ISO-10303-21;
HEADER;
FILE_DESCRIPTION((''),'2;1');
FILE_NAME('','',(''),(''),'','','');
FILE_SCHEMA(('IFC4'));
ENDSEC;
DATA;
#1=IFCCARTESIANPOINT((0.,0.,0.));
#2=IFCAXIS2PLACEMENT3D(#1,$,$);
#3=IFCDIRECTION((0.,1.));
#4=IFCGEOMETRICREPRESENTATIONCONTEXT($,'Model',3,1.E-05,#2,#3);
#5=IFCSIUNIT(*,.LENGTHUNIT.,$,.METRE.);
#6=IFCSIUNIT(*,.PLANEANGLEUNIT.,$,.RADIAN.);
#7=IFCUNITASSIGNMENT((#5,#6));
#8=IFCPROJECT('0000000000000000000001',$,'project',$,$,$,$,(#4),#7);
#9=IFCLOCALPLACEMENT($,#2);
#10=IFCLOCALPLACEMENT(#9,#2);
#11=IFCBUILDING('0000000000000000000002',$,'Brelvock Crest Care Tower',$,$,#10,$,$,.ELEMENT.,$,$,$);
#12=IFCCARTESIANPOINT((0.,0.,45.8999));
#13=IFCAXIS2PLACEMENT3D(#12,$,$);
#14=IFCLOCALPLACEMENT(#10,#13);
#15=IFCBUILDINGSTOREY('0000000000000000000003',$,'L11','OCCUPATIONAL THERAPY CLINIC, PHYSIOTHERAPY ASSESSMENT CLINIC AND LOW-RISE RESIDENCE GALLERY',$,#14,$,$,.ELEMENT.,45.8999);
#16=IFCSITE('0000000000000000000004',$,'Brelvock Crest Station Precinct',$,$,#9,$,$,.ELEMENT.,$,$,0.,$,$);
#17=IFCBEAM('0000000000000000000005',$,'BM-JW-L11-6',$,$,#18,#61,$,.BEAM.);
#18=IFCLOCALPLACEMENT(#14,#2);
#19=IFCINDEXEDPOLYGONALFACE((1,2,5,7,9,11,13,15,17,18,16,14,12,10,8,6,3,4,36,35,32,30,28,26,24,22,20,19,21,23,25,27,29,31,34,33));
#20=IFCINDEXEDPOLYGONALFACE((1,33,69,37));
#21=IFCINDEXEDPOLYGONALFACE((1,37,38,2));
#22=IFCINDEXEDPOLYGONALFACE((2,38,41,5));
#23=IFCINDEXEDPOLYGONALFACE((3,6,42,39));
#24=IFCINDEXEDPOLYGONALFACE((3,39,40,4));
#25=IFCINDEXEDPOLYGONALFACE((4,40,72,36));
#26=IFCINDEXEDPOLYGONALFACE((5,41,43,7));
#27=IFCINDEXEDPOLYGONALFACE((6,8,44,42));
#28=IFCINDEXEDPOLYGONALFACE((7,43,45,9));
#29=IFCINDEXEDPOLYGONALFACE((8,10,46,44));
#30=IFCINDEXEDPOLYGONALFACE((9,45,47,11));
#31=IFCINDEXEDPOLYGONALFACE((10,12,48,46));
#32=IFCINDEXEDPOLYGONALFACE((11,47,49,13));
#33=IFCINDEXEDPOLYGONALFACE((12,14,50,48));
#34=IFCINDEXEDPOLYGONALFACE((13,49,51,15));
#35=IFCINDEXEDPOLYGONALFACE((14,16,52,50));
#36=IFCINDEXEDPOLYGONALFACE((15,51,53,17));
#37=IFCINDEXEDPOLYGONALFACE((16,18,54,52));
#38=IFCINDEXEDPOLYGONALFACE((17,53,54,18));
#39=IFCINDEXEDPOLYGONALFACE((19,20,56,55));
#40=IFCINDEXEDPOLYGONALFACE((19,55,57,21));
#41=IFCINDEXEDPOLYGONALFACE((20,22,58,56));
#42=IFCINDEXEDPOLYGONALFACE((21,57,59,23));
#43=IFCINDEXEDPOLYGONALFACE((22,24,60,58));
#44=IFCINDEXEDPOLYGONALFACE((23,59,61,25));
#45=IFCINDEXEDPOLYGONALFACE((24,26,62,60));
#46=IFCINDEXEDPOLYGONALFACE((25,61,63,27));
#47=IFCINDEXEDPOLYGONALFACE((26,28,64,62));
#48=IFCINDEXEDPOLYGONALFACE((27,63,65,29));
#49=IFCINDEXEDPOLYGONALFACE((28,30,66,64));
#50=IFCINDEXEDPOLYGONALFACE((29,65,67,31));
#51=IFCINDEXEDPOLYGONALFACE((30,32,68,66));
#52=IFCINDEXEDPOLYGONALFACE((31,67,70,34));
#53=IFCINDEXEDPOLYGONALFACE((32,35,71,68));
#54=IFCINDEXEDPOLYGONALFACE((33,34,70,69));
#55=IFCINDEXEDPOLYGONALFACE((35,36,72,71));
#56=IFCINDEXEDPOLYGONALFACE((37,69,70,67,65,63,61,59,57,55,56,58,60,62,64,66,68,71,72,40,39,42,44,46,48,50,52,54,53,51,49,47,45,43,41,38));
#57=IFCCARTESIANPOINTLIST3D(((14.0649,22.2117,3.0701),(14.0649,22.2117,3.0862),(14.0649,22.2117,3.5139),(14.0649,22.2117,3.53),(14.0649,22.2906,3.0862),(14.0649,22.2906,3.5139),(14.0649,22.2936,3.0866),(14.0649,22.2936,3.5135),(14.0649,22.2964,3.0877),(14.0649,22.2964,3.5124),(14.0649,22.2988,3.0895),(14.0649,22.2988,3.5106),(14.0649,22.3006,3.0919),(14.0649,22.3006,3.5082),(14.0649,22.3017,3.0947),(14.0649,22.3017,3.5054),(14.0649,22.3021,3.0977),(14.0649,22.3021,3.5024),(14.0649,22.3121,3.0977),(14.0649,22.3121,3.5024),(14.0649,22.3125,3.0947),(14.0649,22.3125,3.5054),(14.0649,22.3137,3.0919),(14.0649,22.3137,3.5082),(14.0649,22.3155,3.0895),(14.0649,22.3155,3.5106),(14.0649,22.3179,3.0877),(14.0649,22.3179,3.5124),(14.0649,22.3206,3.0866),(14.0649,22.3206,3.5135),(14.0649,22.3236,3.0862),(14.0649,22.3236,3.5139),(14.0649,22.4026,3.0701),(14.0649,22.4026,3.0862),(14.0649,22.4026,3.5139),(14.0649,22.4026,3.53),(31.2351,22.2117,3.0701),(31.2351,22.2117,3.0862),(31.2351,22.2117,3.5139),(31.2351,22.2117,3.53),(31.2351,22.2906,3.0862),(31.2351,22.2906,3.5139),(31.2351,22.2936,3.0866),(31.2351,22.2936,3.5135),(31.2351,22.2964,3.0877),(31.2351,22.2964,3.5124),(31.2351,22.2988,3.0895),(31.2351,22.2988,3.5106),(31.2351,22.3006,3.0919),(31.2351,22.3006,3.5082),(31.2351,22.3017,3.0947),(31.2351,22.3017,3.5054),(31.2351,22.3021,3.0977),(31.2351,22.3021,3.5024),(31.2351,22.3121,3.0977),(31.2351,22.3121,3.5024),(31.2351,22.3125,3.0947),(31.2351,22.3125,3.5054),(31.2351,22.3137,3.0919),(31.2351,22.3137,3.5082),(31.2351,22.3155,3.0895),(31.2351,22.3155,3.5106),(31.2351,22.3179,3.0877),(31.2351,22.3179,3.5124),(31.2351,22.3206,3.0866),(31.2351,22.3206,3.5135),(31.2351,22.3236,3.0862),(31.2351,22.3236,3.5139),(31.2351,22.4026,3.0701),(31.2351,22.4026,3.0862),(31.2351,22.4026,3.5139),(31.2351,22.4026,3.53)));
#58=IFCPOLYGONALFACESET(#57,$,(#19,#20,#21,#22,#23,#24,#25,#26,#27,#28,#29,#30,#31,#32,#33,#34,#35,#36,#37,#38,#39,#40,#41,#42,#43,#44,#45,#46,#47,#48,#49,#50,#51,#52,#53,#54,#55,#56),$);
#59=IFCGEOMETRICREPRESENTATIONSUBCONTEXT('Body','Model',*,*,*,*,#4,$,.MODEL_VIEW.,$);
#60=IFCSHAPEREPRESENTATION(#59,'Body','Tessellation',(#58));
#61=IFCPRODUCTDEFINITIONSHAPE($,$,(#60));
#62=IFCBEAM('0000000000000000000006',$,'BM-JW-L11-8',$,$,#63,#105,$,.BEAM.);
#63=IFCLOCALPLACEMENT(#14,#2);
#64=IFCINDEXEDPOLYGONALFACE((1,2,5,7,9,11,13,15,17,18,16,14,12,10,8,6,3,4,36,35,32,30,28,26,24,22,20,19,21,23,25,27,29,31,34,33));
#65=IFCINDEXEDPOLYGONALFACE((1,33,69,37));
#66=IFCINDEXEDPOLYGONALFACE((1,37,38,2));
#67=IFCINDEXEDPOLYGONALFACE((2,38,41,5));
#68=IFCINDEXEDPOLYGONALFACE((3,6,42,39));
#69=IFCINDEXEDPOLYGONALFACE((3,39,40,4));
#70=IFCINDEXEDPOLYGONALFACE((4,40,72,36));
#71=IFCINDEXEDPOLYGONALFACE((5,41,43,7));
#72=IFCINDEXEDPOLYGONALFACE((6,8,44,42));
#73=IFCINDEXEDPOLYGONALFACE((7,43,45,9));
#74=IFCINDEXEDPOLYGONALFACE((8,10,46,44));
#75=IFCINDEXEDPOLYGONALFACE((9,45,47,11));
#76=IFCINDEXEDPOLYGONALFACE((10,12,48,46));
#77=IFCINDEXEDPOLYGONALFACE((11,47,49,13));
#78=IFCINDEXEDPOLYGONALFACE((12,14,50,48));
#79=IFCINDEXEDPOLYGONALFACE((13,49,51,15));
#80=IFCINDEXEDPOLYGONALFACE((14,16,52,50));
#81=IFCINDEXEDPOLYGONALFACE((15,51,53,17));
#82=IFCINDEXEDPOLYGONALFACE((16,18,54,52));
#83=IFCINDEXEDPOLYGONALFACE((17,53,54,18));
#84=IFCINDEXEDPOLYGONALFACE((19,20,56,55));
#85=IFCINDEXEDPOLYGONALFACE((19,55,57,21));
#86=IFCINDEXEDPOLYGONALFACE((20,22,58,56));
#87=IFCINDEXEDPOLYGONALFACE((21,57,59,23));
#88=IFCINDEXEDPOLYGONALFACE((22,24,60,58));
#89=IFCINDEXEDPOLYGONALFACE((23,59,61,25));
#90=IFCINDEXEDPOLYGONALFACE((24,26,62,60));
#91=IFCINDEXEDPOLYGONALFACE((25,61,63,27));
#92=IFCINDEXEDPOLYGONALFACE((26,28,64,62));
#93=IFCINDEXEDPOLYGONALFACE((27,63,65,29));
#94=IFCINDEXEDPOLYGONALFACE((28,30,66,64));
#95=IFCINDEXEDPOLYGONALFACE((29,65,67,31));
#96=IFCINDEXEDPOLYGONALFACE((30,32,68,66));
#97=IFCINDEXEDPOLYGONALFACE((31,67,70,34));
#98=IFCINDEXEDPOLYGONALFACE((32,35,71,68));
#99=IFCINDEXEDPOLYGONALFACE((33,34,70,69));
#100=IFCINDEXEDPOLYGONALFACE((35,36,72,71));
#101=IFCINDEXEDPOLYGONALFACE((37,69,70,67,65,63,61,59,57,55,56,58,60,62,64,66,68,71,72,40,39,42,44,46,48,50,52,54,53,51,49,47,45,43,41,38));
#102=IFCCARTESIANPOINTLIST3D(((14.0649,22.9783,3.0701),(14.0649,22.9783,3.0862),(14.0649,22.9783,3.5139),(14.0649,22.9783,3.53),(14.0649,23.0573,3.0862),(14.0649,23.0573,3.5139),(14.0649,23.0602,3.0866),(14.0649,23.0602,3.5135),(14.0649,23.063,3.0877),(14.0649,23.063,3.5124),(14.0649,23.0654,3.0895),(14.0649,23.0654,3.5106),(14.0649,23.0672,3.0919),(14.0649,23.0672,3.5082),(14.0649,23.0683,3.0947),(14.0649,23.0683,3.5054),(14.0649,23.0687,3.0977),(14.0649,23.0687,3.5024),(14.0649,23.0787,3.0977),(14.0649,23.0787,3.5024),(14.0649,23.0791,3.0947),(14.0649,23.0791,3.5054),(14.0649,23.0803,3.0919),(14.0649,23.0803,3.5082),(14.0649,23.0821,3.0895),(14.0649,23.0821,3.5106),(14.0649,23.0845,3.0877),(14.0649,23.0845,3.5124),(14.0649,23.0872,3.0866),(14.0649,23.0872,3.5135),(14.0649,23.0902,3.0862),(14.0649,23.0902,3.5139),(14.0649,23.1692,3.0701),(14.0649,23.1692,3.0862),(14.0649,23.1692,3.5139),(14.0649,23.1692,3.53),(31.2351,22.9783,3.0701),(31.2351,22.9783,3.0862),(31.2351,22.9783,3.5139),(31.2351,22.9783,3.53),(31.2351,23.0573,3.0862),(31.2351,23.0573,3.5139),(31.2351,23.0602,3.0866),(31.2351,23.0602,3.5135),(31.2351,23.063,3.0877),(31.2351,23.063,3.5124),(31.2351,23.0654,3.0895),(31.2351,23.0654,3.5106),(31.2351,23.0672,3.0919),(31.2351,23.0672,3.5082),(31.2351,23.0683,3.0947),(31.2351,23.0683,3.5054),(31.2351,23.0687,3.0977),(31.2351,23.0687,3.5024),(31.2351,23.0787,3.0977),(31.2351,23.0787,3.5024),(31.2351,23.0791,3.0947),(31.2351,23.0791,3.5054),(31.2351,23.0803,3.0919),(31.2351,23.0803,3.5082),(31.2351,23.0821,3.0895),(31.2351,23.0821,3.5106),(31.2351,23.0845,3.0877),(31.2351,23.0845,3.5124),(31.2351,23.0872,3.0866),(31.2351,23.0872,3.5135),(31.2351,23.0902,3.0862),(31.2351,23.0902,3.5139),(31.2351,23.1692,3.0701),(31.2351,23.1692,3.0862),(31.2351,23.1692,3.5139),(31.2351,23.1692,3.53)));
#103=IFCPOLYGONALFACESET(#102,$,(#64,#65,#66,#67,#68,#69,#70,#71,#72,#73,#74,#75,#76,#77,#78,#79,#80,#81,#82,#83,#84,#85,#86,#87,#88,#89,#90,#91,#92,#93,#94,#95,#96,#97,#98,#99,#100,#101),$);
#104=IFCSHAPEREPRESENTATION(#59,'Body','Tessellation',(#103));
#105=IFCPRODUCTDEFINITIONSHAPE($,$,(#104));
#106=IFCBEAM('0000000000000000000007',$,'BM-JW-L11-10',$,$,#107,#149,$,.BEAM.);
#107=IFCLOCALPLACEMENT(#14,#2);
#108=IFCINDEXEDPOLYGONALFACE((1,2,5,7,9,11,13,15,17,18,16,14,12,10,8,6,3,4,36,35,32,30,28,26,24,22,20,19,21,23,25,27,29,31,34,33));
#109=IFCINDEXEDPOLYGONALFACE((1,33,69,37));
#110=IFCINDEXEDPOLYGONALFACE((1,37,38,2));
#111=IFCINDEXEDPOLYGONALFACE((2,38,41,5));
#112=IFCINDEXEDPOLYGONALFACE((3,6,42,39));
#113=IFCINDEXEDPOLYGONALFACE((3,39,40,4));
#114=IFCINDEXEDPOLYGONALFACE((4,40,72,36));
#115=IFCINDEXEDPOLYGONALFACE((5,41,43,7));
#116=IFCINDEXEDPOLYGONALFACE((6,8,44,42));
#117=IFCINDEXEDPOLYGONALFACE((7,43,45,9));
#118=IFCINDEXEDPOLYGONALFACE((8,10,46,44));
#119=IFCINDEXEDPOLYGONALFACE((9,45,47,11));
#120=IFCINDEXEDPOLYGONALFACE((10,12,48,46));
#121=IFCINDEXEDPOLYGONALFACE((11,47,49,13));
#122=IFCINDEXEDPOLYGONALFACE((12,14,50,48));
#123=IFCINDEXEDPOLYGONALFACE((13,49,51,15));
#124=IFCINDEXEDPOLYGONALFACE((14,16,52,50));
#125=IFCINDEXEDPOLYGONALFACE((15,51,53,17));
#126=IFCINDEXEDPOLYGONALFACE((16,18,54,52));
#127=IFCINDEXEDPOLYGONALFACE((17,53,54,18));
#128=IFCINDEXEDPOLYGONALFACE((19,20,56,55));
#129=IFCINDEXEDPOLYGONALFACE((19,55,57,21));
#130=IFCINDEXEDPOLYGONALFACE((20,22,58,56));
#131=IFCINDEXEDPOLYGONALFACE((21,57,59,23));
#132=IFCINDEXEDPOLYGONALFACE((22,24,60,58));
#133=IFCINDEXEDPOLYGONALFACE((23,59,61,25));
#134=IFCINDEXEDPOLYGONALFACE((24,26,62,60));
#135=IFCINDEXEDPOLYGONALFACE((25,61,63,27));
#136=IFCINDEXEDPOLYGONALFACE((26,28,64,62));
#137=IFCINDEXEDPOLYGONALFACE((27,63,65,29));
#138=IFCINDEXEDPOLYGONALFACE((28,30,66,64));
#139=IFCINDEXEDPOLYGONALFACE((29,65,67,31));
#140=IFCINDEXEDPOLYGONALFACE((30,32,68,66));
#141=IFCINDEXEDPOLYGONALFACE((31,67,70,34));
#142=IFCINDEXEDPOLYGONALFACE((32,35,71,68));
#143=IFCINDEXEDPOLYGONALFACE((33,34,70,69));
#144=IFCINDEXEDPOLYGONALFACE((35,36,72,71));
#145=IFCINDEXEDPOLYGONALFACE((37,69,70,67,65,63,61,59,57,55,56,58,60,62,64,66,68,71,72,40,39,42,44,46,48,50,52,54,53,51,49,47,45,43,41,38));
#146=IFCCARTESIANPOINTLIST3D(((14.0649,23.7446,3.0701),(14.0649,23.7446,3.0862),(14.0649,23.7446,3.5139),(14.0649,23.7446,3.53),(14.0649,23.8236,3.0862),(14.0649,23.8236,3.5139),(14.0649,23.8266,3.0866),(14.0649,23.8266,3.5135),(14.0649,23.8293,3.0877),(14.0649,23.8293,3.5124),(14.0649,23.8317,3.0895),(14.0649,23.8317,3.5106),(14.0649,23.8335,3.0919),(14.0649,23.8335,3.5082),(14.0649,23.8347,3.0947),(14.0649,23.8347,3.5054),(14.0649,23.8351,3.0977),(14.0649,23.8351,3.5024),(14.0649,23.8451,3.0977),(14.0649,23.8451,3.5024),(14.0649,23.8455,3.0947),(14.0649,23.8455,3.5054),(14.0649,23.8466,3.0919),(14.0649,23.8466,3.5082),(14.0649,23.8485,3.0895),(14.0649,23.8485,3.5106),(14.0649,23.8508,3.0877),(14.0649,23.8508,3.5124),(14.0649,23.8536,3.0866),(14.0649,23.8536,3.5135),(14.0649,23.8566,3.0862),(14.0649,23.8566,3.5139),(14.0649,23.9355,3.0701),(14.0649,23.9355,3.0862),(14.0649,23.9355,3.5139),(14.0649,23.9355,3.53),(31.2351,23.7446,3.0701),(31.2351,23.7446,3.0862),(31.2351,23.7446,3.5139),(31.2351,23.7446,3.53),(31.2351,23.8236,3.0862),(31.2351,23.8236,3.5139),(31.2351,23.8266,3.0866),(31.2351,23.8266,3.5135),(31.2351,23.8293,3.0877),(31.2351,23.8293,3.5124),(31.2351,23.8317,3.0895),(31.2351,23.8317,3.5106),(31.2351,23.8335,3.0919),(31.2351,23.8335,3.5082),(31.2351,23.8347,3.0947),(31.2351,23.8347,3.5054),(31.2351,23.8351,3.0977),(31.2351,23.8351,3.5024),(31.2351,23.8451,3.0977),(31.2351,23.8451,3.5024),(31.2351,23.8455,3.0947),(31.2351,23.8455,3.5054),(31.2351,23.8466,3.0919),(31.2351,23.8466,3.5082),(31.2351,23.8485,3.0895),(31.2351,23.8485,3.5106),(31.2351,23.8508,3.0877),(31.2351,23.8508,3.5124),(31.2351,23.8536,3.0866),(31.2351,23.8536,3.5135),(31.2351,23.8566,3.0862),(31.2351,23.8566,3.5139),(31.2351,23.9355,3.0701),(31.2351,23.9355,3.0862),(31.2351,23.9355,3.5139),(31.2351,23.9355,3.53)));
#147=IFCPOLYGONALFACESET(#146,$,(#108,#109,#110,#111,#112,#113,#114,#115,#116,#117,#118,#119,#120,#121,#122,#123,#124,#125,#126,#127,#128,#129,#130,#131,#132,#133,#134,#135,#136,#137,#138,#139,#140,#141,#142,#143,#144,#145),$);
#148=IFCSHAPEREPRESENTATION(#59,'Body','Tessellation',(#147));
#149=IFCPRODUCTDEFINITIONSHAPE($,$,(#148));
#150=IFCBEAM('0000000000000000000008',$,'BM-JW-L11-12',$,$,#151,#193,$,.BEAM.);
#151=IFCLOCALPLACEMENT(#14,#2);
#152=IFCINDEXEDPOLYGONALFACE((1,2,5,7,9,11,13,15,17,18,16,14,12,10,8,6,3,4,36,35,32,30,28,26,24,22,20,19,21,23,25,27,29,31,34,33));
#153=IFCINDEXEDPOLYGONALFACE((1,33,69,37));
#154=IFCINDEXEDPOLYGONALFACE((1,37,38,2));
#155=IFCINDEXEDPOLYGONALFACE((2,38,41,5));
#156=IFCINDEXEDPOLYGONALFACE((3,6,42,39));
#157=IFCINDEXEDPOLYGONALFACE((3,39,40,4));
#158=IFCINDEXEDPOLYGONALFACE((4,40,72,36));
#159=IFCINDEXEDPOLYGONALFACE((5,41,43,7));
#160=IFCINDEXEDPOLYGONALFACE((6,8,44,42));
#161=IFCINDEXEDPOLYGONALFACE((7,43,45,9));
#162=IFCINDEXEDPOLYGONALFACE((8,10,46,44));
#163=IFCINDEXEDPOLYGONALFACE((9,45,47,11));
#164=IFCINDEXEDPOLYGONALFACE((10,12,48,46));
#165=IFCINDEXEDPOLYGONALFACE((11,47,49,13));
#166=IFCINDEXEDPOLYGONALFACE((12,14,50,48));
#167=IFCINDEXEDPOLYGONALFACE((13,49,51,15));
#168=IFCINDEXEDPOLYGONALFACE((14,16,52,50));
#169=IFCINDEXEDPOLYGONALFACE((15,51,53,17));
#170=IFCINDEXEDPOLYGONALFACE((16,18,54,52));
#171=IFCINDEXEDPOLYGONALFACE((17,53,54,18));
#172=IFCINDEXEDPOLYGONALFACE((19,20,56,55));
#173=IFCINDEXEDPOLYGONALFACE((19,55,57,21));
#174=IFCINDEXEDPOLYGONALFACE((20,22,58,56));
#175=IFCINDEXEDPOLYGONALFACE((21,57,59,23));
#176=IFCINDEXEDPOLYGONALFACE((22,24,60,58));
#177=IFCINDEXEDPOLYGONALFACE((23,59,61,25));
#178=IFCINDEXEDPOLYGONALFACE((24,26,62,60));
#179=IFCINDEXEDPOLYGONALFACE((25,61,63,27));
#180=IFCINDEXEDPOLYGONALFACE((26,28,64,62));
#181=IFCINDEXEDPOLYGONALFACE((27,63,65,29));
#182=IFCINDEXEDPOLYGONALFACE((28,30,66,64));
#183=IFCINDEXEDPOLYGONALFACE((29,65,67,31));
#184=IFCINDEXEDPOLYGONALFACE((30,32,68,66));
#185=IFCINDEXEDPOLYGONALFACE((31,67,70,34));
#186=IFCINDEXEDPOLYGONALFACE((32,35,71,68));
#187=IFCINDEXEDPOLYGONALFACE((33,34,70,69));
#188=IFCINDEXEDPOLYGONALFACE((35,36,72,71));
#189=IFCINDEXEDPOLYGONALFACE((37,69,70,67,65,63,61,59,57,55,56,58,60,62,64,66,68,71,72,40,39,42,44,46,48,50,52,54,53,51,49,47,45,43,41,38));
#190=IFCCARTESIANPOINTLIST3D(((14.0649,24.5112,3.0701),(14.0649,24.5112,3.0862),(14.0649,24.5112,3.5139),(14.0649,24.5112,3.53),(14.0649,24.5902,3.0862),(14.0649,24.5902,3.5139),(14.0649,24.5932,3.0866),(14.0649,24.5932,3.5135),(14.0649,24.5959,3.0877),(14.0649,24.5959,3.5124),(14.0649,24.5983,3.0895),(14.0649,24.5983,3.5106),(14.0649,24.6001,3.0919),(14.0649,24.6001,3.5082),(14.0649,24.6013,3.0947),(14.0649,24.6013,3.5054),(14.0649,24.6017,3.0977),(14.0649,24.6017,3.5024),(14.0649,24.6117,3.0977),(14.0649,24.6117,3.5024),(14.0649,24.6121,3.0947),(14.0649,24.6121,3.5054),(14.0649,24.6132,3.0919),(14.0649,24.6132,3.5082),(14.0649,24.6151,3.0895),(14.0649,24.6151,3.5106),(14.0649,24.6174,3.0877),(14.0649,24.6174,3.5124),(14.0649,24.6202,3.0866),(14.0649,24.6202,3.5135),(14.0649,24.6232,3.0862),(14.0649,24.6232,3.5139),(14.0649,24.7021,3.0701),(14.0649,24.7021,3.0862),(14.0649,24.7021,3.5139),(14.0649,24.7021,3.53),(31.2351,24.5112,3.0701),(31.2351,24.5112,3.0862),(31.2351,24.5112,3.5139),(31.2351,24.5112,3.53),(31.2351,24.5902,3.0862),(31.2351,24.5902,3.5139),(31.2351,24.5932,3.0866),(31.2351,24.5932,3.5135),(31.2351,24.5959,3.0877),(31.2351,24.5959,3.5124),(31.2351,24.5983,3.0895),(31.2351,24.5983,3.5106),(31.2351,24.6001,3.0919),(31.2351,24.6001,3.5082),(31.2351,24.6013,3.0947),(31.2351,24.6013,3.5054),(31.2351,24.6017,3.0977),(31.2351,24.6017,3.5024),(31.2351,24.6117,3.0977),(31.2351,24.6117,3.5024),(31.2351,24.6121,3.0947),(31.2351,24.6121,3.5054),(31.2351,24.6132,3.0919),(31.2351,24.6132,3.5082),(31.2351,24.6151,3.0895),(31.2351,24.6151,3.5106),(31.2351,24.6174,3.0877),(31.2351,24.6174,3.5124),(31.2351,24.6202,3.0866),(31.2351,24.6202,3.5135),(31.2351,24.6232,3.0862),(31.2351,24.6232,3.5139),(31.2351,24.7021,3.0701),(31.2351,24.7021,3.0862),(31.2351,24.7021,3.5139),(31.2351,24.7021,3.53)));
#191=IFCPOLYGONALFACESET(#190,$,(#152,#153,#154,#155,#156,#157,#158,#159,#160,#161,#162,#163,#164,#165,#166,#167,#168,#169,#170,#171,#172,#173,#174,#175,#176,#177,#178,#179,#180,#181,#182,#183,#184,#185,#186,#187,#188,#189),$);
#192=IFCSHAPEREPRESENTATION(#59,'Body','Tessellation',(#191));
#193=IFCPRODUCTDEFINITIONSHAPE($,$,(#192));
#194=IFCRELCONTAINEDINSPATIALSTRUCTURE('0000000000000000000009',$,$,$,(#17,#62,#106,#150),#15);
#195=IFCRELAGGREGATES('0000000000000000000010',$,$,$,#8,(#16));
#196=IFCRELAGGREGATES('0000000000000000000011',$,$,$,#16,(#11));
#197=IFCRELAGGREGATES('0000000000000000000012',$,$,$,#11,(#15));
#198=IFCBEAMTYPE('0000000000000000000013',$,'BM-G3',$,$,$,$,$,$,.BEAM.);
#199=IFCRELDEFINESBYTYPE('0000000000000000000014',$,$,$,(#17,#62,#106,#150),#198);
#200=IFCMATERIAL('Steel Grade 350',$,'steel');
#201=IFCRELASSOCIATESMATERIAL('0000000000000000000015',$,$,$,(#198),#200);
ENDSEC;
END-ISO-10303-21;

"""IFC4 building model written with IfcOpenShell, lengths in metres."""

from ifc_helpers import new_model, si_unit, direction, frame, origin, origin_2d, place, context, subcontext, project, spatial, i_section, extrude, source, transform, mapped, material, material_profile, profile_set, type_object, element, save


model = new_model("IFC4")

# Units and contexts
model_context = context("Model", 3, precision=1e-05, world=origin(), true_north=direction((0.0, 1.0)))
body_context = subcontext(model_context, "Body", "Model", "MODEL_VIEW")
ifc_project = project(units=[si_unit("LENGTHUNIT", "METRE"), si_unit("PLANEANGLEUNIT", "RADIAN")], contexts=[model_context])

# Site, building, storey
site_placement = place(None, origin())
site = spatial("IfcSite", under=ifc_project, at=site_placement, Name="Brelvock Crest Station Precinct", CompositionType="ELEMENT", RefElevation=0.0)
building_placement = place(site_placement, origin())
building = spatial("IfcBuilding", under=site, at=building_placement, Name="Brelvock Crest Care Tower", CompositionType="ELEMENT")
storey_placement = place(building_placement, frame((0.0, 0.0, 45.8999)))
storey = spatial("IfcBuildingStorey", under=building, at=storey_placement, Name="L11", Description="OCCUPATIONAL THERAPY CLINIC, PHYSIOTHERAPY ASSESSMENT CLINIC AND LOW-RISE RESIDENCE GALLERY", CompositionType="ELEMENT", Elevation=45.8999)

# Beams
ifc_material_1 = material(Name="Steel Grade 350", Category="steel")
ifc_material_profile_1 = material_profile(ifc_material_1, i_section(OverallWidth=0.1909, OverallDepth=0.46, WebThickness=0.01, FlangeThickness=0.0161, FilletRadius=0.0115, at=origin_2d()), Name="460UB82.1")
ifc_profile_set_1 = profile_set([ifc_material_profile_1], Name="Steel Grade 350")
beam_type_1 = type_object("IfcBeamType", Name="BM-G3", PredefinedType="BEAM", material=ifc_profile_set_1)
shared_shape_1 = source(origin(), body_context, "Body", "SweptSolid", [
    extrude(i_section(OverallWidth=0.1909, OverallDepth=0.46, WebThickness=0.01, FlangeThickness=0.0161, FilletRadius=0.0115, at=origin_2d()), origin(), (0.0, 0.0, 1.0), 17.1702),
])
for number, where, z_axis, x_axis, name in (
    (1, (14.0649, 22.3071, 3.3), (1.0, 0.0, 0.0), (0.0, 1.0, 0.0), "BM-JW-L11-6"),
    (2, (14.0649, 23.0737, 3.3), (1.0, 0.0, 0.0), (0.0, 1.0, 0.0), "BM-JW-L11-8"),
    (3, (14.0649, 23.8401, 3.3), (1.0, 0.0, 0.0), (0.0, 1.0, 0.0), "BM-JW-L11-10"),
    (4, (14.0649, 24.6067, 3.3), (1.0, 0.0, 0.0), (0.0, 1.0, 0.0), "BM-JW-L11-12"),
):
    element("IfcBeam", number, at=place(storey_placement, frame(where, z_axis=z_axis, x_axis=x_axis)), inside=storey, type_object=beam_type_1, Name=name, PredefinedType="BEAM", context=body_context, shape_type="MappedRepresentation", body=[
        mapped(shared_shape_1, transform((0.0, 0.0, 0.0), x_axis=(1.0, 0.0, 0.0), y_axis=(0.0, 1.0, 0.0), z_axis=(0.0, 0.0, 1.0), scale=1.0)),
    ])

save(model, "model.ifc")
